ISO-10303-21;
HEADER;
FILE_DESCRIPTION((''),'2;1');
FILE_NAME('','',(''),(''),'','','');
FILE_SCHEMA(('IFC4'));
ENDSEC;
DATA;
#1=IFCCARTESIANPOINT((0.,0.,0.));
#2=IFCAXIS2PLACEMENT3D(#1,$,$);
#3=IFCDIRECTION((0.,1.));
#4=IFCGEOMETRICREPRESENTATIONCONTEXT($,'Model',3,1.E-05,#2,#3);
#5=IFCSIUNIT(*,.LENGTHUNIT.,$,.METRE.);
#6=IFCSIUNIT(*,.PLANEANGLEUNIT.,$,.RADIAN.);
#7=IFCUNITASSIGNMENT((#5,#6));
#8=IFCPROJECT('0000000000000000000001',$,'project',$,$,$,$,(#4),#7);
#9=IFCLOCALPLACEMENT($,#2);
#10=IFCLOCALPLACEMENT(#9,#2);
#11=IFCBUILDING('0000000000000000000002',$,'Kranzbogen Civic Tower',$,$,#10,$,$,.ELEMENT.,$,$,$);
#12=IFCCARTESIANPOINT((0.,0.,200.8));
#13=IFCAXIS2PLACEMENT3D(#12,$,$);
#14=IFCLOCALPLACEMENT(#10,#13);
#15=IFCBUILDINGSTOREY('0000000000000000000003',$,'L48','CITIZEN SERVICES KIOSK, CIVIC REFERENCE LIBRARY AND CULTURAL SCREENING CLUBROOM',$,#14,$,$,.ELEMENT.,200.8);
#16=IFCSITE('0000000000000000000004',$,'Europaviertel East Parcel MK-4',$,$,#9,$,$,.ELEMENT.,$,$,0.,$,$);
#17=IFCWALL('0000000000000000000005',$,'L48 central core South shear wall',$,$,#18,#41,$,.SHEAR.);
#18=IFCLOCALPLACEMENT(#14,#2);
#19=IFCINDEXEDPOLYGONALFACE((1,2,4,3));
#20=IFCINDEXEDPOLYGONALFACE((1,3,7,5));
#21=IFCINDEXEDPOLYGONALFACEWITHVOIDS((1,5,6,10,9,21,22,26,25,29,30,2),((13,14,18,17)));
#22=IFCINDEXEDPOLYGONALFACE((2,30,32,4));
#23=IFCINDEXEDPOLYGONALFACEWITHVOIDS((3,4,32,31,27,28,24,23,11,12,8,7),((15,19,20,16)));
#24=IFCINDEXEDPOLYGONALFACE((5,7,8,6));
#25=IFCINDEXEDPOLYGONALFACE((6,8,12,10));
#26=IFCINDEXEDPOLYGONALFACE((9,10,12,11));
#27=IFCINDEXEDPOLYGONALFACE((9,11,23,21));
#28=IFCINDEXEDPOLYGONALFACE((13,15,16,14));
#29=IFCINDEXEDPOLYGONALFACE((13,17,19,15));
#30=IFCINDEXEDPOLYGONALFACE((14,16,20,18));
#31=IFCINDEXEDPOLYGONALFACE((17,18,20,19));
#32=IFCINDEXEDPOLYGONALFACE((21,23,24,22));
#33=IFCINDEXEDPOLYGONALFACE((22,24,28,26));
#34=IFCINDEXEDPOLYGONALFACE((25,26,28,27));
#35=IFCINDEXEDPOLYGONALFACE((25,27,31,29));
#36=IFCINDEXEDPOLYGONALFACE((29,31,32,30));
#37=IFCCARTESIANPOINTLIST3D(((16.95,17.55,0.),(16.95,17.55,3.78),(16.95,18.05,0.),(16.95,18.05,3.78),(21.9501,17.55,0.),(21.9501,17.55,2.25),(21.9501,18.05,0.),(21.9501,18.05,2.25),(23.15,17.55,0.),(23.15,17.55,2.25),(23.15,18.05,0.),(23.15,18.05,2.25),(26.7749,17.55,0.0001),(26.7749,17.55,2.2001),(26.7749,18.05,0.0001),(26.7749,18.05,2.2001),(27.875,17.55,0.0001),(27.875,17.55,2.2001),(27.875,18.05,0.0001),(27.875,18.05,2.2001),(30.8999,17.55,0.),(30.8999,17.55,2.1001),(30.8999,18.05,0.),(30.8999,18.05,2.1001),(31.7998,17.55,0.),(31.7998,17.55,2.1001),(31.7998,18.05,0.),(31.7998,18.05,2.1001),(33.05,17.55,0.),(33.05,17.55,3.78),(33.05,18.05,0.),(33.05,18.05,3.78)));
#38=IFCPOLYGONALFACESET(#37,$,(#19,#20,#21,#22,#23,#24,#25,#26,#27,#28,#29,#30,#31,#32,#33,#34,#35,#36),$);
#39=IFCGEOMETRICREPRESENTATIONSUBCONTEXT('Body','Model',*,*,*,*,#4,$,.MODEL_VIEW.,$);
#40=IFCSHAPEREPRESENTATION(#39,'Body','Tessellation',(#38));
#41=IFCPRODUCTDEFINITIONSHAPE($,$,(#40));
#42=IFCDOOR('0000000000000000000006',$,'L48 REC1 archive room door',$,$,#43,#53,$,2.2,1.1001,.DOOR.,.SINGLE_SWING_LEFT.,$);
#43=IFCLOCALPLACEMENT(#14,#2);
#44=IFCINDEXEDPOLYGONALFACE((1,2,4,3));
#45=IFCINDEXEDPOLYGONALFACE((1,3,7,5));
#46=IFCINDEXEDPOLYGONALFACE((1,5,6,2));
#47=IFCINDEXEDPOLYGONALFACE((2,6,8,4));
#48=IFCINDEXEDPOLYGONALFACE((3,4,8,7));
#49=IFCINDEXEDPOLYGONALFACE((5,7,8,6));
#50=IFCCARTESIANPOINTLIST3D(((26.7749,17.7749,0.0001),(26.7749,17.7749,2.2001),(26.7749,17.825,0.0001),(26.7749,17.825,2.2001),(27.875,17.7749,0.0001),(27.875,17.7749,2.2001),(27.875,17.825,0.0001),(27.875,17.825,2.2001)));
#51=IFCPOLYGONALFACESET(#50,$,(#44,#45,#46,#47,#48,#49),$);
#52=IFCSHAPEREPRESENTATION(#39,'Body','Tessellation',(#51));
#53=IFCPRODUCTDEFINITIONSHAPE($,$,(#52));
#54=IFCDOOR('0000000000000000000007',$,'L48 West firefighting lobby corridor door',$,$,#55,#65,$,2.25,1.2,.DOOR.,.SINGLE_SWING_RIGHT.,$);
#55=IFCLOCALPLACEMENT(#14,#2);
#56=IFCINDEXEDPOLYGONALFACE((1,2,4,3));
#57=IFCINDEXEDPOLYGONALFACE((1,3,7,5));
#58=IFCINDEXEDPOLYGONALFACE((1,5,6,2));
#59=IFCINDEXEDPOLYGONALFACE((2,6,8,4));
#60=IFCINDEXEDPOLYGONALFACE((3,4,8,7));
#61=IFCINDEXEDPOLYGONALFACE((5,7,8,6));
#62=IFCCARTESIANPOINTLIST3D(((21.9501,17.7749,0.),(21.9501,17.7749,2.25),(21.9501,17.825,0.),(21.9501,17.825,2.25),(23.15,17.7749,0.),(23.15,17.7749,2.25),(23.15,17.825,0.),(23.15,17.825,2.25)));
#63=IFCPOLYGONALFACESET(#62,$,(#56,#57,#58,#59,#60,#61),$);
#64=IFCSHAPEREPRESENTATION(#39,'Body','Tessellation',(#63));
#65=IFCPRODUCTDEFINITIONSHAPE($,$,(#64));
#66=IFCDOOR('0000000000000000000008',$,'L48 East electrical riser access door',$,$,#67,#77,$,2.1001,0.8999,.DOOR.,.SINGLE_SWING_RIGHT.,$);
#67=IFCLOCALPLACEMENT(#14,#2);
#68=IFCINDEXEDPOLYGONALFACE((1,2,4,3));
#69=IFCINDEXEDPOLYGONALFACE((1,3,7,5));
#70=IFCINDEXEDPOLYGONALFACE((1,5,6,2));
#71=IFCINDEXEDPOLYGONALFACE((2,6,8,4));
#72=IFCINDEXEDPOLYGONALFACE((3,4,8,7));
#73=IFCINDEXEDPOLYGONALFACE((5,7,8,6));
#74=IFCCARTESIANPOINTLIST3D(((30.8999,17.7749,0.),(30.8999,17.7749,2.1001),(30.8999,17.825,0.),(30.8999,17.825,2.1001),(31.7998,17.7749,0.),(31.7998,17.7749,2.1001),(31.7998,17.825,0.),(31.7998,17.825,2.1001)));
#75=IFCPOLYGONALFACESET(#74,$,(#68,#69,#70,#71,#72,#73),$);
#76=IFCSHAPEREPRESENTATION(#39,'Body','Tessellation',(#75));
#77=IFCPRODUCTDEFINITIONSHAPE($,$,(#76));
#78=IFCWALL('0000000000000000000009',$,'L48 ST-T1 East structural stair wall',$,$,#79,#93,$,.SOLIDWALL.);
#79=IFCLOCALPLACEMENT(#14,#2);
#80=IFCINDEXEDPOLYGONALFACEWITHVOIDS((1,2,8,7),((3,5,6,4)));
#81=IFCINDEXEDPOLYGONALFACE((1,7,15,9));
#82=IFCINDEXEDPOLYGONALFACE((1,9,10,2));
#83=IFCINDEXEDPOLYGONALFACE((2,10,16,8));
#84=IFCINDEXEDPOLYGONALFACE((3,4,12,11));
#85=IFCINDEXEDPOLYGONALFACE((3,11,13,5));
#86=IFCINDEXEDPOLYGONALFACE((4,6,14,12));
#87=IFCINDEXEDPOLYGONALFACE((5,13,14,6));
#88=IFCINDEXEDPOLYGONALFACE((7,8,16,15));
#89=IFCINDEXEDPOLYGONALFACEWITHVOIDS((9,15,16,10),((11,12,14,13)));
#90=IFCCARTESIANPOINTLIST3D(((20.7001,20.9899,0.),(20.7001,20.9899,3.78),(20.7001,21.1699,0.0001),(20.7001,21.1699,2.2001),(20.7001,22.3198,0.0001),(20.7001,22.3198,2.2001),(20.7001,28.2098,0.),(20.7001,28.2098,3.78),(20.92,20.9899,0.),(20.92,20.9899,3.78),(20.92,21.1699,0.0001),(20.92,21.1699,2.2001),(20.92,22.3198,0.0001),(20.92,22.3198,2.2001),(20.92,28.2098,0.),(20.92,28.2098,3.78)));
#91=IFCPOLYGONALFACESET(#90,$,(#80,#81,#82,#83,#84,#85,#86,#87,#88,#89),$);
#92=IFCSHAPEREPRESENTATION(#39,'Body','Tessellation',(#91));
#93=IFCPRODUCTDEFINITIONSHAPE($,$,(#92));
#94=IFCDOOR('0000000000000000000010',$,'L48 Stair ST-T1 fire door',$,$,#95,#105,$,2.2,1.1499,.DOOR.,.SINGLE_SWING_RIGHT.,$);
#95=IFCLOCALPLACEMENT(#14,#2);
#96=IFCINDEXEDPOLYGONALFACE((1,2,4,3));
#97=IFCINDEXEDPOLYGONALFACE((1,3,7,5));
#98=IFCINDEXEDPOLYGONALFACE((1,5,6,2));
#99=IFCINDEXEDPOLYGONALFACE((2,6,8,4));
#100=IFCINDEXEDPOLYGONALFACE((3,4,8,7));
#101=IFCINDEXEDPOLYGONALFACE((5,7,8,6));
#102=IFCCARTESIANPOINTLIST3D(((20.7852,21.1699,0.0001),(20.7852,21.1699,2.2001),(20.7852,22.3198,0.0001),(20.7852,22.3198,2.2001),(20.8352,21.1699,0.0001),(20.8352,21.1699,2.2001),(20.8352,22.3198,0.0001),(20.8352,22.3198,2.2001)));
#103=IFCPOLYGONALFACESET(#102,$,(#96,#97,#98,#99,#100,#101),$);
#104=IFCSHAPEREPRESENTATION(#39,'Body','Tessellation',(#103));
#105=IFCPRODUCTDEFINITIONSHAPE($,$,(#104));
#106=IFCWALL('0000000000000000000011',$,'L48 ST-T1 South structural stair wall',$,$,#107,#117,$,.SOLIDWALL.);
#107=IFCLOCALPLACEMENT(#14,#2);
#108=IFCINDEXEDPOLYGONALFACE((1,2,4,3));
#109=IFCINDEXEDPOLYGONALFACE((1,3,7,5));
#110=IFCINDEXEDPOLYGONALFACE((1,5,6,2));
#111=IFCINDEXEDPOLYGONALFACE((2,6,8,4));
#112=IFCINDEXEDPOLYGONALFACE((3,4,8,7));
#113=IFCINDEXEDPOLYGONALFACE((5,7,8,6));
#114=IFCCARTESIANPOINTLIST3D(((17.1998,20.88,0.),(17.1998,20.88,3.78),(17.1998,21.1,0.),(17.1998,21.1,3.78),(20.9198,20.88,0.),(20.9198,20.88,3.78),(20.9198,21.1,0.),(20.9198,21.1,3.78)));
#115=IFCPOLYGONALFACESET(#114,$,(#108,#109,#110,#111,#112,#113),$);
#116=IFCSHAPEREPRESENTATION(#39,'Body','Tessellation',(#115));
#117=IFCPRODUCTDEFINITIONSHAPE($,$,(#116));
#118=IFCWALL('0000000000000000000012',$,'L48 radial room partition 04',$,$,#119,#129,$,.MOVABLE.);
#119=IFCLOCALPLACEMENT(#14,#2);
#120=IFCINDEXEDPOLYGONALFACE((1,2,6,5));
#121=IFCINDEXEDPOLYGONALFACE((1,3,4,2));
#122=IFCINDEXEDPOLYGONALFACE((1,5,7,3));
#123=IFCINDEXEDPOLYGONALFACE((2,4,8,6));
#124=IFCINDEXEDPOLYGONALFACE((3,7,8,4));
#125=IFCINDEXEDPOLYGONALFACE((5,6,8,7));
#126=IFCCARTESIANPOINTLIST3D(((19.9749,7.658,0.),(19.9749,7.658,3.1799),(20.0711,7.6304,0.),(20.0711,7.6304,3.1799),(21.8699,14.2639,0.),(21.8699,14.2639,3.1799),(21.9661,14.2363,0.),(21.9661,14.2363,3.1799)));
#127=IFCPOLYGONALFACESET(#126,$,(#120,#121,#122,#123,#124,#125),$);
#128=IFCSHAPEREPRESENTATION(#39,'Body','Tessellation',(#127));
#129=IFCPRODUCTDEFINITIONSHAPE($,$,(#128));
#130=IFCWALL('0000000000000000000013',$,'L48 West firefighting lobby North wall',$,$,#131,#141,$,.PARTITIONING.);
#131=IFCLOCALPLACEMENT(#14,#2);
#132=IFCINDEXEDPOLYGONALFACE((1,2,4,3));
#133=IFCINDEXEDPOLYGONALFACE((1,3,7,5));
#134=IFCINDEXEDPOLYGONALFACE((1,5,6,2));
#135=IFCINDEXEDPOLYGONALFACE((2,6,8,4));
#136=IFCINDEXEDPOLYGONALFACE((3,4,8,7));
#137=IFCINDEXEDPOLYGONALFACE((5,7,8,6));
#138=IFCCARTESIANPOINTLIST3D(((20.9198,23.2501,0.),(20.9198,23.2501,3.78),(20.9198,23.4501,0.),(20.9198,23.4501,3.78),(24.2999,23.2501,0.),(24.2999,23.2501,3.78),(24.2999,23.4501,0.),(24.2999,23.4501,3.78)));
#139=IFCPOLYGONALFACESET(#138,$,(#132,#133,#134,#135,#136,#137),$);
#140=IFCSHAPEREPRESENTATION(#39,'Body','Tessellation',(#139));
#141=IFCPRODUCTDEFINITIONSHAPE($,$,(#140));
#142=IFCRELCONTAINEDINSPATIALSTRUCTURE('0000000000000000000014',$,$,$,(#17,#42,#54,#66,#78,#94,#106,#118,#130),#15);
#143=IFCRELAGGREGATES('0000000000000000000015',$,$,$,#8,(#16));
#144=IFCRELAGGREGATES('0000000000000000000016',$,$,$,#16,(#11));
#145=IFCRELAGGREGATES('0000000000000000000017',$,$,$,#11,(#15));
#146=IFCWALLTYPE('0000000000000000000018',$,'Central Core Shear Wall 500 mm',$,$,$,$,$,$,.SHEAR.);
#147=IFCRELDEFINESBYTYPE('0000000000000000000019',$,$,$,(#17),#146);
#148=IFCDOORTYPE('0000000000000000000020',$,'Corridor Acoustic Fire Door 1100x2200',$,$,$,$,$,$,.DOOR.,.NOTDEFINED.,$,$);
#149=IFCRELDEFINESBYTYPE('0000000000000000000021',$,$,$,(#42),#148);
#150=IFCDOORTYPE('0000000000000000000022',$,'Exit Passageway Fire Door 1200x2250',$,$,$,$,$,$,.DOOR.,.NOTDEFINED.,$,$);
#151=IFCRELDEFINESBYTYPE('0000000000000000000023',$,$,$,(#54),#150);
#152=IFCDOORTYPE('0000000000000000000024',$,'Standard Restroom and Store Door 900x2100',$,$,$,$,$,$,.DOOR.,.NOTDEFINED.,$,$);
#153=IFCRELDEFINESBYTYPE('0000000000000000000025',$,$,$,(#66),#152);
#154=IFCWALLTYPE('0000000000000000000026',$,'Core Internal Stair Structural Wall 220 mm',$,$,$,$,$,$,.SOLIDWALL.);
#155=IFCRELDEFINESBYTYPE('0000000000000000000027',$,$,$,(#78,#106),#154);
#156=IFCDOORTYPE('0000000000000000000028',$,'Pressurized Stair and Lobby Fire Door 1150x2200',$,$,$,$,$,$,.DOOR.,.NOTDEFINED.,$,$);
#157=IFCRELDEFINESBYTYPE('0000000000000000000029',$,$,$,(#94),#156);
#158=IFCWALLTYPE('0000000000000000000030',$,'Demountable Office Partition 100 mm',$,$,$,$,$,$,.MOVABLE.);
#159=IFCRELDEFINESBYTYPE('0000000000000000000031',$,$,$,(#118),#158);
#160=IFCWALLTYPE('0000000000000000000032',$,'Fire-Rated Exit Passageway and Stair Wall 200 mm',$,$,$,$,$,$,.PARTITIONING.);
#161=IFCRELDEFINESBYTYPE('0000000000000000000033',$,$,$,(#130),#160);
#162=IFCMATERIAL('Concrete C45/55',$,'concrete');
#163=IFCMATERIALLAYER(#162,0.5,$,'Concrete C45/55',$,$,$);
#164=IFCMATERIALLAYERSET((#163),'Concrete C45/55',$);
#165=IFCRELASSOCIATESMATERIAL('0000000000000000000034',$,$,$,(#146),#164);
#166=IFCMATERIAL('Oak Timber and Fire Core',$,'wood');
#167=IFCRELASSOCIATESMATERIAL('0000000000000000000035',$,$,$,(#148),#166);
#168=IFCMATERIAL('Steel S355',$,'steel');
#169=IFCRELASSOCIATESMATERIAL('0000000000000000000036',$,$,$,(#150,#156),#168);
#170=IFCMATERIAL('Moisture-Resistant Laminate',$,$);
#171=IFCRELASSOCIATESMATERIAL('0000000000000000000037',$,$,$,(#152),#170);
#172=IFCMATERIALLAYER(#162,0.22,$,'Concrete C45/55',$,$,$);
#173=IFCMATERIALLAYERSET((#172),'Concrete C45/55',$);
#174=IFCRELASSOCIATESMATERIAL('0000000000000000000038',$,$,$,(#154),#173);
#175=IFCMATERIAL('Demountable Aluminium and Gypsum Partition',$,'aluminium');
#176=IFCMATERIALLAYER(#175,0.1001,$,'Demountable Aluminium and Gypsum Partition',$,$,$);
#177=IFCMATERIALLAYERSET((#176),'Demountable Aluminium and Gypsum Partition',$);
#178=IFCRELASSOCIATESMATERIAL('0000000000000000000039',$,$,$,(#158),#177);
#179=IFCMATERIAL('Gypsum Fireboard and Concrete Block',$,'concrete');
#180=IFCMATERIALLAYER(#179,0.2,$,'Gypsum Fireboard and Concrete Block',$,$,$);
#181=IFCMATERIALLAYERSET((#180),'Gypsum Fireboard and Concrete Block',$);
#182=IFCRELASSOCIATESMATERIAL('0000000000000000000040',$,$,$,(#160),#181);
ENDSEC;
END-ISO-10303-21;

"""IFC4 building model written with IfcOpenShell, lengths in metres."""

from ifc_helpers import new_model, si_unit, direction, frame, frame_2d, origin, place, context, subcontext, project, spatial, rectangle, extrude, material, layer, layer_set, type_object, element, fill, save


model = new_model("IFC4")

# Units and contexts
model_context = context("Model", 3, precision=1e-05, world=origin(), true_north=direction((0.0, 1.0)))
body_context = subcontext(model_context, "Body", "Model", "MODEL_VIEW")
ifc_project = project(units=[si_unit("LENGTHUNIT", "METRE"), si_unit("PLANEANGLEUNIT", "RADIAN")], contexts=[model_context])

# Site, building, storey
site_placement = place(None, origin())
site = spatial("IfcSite", under=ifc_project, at=site_placement, Name="Europaviertel East Parcel MK-4", CompositionType="ELEMENT", RefElevation=0.0)
building_placement = place(site_placement, origin())
building = spatial("IfcBuilding", under=site, at=building_placement, Name="Kranzbogen Civic Tower", CompositionType="ELEMENT")
storey_placement = place(building_placement, frame((0.0, 0.0, 200.8)))
storey = spatial("IfcBuildingStorey", under=building, at=storey_placement, Name="L48", Description="CITIZEN SERVICES KIOSK, CIVIC REFERENCE LIBRARY AND CULTURAL SCREENING CLUBROOM", CompositionType="ELEMENT", Elevation=200.8)

# Shared definitions
ifc_material_1 = material(Name="Steel S355", Category="steel")

# Wall, openings, doors
ifc_material_2 = material(Name="Concrete C45/55", Category="concrete")
ifc_layer_1 = layer(ifc_material_2, 0.5, Name="Concrete C45/55")
ifc_layer_set_1 = layer_set([ifc_layer_1], Name="Concrete C45/55")
wall_type_1 = type_object("IfcWallType", Name="Central Core Shear Wall 500 mm", PredefinedType="SHEAR", material=ifc_layer_set_1)
wall_1_placement = place(storey_placement, frame((16.95, 17.8, 0.0), z_axis=(0.0, 0.0, 1.0), x_axis=(1.0, 0.0, 0.0)))
wall_1 = element("IfcWall", 1, at=wall_1_placement, inside=storey, type_object=wall_type_1, Name="L48 central core South shear wall", PredefinedType="SHEAR", context=body_context, shape_type="SweptSolid", body=[
    extrude(rectangle(XDim=16.1001, YDim=0.5, at=frame_2d((8.05, 0.0))), origin(), (0.0, 0.0, 1.0), 3.78),
])
opening_1_placement = place(wall_1_placement, frame((5.0, 0.0, 0.0)))
opening_1 = element("IfcOpeningElement", 2, at=opening_1_placement, cuts=wall_1, PredefinedType="OPENING", context=body_context, shape_type="SweptSolid", body=[
    extrude(rectangle(XDim=1.2, YDim=2.25, at=frame_2d((0.6001, 1.125))), frame((0.0, 0.26, 0.0), z_axis=(0.0, -1.0, 0.0), x_axis=(1.0, 0.0, 0.0)), (0.0, 0.0, 1.0), 0.52),
])
opening_2_placement = place(wall_1_placement, frame((13.95, 0.0, 0.0)))
opening_2 = element("IfcOpeningElement", 3, at=opening_2_placement, cuts=wall_1, PredefinedType="OPENING", context=body_context, shape_type="SweptSolid", body=[
    extrude(rectangle(XDim=0.8999, YDim=2.1001, at=frame_2d((0.45, 1.05))), frame((0.0, 0.26, 0.0), z_axis=(0.0, -1.0, 0.0), x_axis=(1.0, 0.0, 0.0)), (0.0, 0.0, 1.0), 0.52),
])
opening_3_placement = place(wall_1_placement, frame((9.825, 0.0, 0.0)))
opening_3 = element("IfcOpeningElement", 4, at=opening_3_placement, cuts=wall_1, PredefinedType="OPENING", context=body_context, shape_type="SweptSolid", body=[
    extrude(rectangle(XDim=1.1001, YDim=2.2, at=frame_2d((0.55, 1.1001))), frame((0.0, 0.26, 0.0), z_axis=(0.0, -1.0, 0.0), x_axis=(1.0, 0.0, 0.0)), (0.0, 0.0, 1.0), 0.52),
])
ifc_material_3 = material(Name="Oak Timber and Fire Core", Category="wood")
door_type_1 = type_object("IfcDoorType", Name="Corridor Acoustic Fire Door 1100x2200", OperationType="NOTDEFINED", PredefinedType="DOOR", material=ifc_material_3)
door_1_placement = place(opening_3_placement, origin())
door_1 = element("IfcDoor", 5, at=door_1_placement, inside=storey, type_object=door_type_1, Name="L48 REC1 archive room door", OperationType="SINGLE_SWING_LEFT", OverallHeight=2.2, OverallWidth=1.1001, PredefinedType="DOOR", context=body_context, shape_type="SweptSolid", body=[
    extrude(rectangle(XDim=1.1001, YDim=2.2, at=frame_2d((0.55, 1.1001))), frame((0.0, 0.0249, 0.0), z_axis=(0.0, -1.0, 0.0), x_axis=(1.0, 0.0, 0.0)), (0.0, 0.0, 1.0), 0.05),
])
fill(opening_3, door_1)
door_type_2 = type_object("IfcDoorType", Name="Exit Passageway Fire Door 1200x2250", OperationType="NOTDEFINED", PredefinedType="DOOR", material=ifc_material_1)
door_2_placement = place(opening_1_placement, origin())
door_2 = element("IfcDoor", 6, at=door_2_placement, inside=storey, type_object=door_type_2, Name="L48 West firefighting lobby corridor door", OperationType="SINGLE_SWING_RIGHT", OverallHeight=2.25, OverallWidth=1.2, PredefinedType="DOOR", context=body_context, shape_type="SweptSolid", body=[
    extrude(rectangle(XDim=1.2, YDim=2.25, at=frame_2d((0.6001, 1.125))), frame((0.0, 0.0249, 0.0), z_axis=(0.0, -1.0, 0.0), x_axis=(1.0, 0.0, 0.0)), (0.0, 0.0, 1.0), 0.05),
])
fill(opening_1, door_2)
ifc_material_4 = material(Name="Moisture-Resistant Laminate")
door_type_3 = type_object("IfcDoorType", Name="Standard Restroom and Store Door 900x2100", OperationType="NOTDEFINED", PredefinedType="DOOR", material=ifc_material_4)
door_3_placement = place(opening_2_placement, origin())
door_3 = element("IfcDoor", 7, at=door_3_placement, inside=storey, type_object=door_type_3, Name="L48 East electrical riser access door", OperationType="SINGLE_SWING_RIGHT", OverallHeight=2.1001, OverallWidth=0.8999, PredefinedType="DOOR", context=body_context, shape_type="SweptSolid", body=[
    extrude(rectangle(XDim=0.8999, YDim=2.1001, at=frame_2d((0.45, 1.05))), frame((0.0, 0.0249, 0.0), z_axis=(0.0, -1.0, 0.0), x_axis=(1.0, 0.0, 0.0)), (0.0, 0.0, 1.0), 0.05),
])
fill(opening_2, door_3)

# Wall, opening, door
ifc_layer_2 = layer(ifc_material_2, 0.22, Name="Concrete C45/55")
ifc_layer_set_2 = layer_set([ifc_layer_2], Name="Concrete C45/55")
wall_type_2 = type_object("IfcWallType", Name="Core Internal Stair Structural Wall 220 mm", PredefinedType="SOLIDWALL", material=ifc_layer_set_2)
wall_2_placement = place(storey_placement, frame((20.8101, 20.99, 0.0), z_axis=(0.0, 0.0, 1.0), x_axis=(0.0, 1.0, 0.0)))
wall_2 = element("IfcWall", 8, at=wall_2_placement, inside=storey, type_object=wall_type_2, Name="L48 ST-T1 East structural stair wall", PredefinedType="SOLIDWALL", context=body_context, shape_type="SweptSolid", body=[
    extrude(rectangle(XDim=7.22, YDim=0.22, at=frame_2d((3.6099, 0.0))), origin(), (0.0, 0.0, 1.0), 3.78),
])
opening_4_placement = place(wall_2_placement, frame((0.1799, 0.0, 0.0)))
opening_4 = element("IfcOpeningElement", 9, at=opening_4_placement, cuts=wall_2, PredefinedType="OPENING", context=body_context, shape_type="SweptSolid", body=[
    extrude(rectangle(XDim=1.1499, YDim=2.2, at=frame_2d((0.575, 1.1001))), frame((0.0, 0.1201, 0.0), z_axis=(0.0, -1.0, 0.0), x_axis=(1.0, 0.0, 0.0)), (0.0, 0.0, 1.0), 0.24),
])
door_type_4 = type_object("IfcDoorType", Name="Pressurized Stair and Lobby Fire Door 1150x2200", OperationType="NOTDEFINED", PredefinedType="DOOR", material=ifc_material_1)
door_4_placement = place(opening_4_placement, origin())
door_4 = element("IfcDoor", 10, at=door_4_placement, inside=storey, type_object=door_type_4, Name="L48 Stair ST-T1 fire door", OperationType="SINGLE_SWING_RIGHT", OverallHeight=2.2, OverallWidth=1.1499, PredefinedType="DOOR", context=body_context, shape_type="SweptSolid", body=[
    extrude(rectangle(XDim=1.1499, YDim=2.2, at=frame_2d((0.575, 1.1001))), frame((0.0, 0.0249, 0.0), z_axis=(0.0, -1.0, 0.0), x_axis=(1.0, 0.0, 0.0)), (0.0, 0.0, 1.0), 0.05),
])
fill(opening_4, door_4)

# Walls
wall_3_placement = place(storey_placement, frame((17.2, 20.99, 0.0), z_axis=(0.0, 0.0, 1.0), x_axis=(1.0, 0.0, 0.0)))
element("IfcWall", 11, at=wall_3_placement, inside=storey, type_object=wall_type_2, Name="L48 ST-T1 South structural stair wall", PredefinedType="SOLIDWALL", context=body_context, shape_type="SweptSolid", body=[
    extrude(rectangle(XDim=3.72, YDim=0.22, at=frame_2d((1.8599, 0.0))), origin(), (0.0, 0.0, 1.0), 3.78),
])
ifc_material_5 = material(Name="Demountable Aluminium and Gypsum Partition", Category="aluminium")
ifc_layer_3 = layer(ifc_material_5, 0.1001, Name="Demountable Aluminium and Gypsum Partition")
ifc_layer_set_3 = layer_set([ifc_layer_3], Name="Demountable Aluminium and Gypsum Partition")
wall_type_3 = type_object("IfcWallType", Name="Demountable Office Partition 100 mm", PredefinedType="MOVABLE", material=ifc_layer_set_3)
wall_4_placement = place(storey_placement, frame((21.918, 14.25, 0.0), z_axis=(0.0, 0.0, 1.0), x_axis=(-0.275744, -0.961231, 0.0)))
element("IfcWall", 12, at=wall_4_placement, inside=storey, type_object=wall_type_3, Name="L48 radial room partition 04", PredefinedType="MOVABLE", context=body_context, shape_type="SweptSolid", body=[
    extrude(rectangle(XDim=6.8723, YDim=0.1001, at=frame_2d((3.436, 0.0))), origin(), (0.0, 0.0, 1.0), 3.1799),
])
ifc_material_6 = material(Name="Gypsum Fireboard and Concrete Block", Category="concrete")
ifc_layer_4 = layer(ifc_material_6, 0.2, Name="Gypsum Fireboard and Concrete Block")
ifc_layer_set_4 = layer_set([ifc_layer_4], Name="Gypsum Fireboard and Concrete Block")
wall_type_4 = type_object("IfcWallType", Name="Fire-Rated Exit Passageway and Stair Wall 200 mm", PredefinedType="PARTITIONING", material=ifc_layer_set_4)
wall_5_placement = place(storey_placement, frame((20.9199, 23.3501, 0.0), z_axis=(0.0, 0.0, 1.0), x_axis=(1.0, 0.0, 0.0)))
element("IfcWall", 13, at=wall_5_placement, inside=storey, type_object=wall_type_4, Name="L48 West firefighting lobby North wall", PredefinedType="PARTITIONING", context=body_context, shape_type="SweptSolid", body=[
    extrude(rectangle(XDim=3.3801, YDim=0.2, at=frame_2d((1.6899, 0.0))), origin(), (0.0, 0.0, 1.0), 3.78),
])

save(model, "model.ifc")
